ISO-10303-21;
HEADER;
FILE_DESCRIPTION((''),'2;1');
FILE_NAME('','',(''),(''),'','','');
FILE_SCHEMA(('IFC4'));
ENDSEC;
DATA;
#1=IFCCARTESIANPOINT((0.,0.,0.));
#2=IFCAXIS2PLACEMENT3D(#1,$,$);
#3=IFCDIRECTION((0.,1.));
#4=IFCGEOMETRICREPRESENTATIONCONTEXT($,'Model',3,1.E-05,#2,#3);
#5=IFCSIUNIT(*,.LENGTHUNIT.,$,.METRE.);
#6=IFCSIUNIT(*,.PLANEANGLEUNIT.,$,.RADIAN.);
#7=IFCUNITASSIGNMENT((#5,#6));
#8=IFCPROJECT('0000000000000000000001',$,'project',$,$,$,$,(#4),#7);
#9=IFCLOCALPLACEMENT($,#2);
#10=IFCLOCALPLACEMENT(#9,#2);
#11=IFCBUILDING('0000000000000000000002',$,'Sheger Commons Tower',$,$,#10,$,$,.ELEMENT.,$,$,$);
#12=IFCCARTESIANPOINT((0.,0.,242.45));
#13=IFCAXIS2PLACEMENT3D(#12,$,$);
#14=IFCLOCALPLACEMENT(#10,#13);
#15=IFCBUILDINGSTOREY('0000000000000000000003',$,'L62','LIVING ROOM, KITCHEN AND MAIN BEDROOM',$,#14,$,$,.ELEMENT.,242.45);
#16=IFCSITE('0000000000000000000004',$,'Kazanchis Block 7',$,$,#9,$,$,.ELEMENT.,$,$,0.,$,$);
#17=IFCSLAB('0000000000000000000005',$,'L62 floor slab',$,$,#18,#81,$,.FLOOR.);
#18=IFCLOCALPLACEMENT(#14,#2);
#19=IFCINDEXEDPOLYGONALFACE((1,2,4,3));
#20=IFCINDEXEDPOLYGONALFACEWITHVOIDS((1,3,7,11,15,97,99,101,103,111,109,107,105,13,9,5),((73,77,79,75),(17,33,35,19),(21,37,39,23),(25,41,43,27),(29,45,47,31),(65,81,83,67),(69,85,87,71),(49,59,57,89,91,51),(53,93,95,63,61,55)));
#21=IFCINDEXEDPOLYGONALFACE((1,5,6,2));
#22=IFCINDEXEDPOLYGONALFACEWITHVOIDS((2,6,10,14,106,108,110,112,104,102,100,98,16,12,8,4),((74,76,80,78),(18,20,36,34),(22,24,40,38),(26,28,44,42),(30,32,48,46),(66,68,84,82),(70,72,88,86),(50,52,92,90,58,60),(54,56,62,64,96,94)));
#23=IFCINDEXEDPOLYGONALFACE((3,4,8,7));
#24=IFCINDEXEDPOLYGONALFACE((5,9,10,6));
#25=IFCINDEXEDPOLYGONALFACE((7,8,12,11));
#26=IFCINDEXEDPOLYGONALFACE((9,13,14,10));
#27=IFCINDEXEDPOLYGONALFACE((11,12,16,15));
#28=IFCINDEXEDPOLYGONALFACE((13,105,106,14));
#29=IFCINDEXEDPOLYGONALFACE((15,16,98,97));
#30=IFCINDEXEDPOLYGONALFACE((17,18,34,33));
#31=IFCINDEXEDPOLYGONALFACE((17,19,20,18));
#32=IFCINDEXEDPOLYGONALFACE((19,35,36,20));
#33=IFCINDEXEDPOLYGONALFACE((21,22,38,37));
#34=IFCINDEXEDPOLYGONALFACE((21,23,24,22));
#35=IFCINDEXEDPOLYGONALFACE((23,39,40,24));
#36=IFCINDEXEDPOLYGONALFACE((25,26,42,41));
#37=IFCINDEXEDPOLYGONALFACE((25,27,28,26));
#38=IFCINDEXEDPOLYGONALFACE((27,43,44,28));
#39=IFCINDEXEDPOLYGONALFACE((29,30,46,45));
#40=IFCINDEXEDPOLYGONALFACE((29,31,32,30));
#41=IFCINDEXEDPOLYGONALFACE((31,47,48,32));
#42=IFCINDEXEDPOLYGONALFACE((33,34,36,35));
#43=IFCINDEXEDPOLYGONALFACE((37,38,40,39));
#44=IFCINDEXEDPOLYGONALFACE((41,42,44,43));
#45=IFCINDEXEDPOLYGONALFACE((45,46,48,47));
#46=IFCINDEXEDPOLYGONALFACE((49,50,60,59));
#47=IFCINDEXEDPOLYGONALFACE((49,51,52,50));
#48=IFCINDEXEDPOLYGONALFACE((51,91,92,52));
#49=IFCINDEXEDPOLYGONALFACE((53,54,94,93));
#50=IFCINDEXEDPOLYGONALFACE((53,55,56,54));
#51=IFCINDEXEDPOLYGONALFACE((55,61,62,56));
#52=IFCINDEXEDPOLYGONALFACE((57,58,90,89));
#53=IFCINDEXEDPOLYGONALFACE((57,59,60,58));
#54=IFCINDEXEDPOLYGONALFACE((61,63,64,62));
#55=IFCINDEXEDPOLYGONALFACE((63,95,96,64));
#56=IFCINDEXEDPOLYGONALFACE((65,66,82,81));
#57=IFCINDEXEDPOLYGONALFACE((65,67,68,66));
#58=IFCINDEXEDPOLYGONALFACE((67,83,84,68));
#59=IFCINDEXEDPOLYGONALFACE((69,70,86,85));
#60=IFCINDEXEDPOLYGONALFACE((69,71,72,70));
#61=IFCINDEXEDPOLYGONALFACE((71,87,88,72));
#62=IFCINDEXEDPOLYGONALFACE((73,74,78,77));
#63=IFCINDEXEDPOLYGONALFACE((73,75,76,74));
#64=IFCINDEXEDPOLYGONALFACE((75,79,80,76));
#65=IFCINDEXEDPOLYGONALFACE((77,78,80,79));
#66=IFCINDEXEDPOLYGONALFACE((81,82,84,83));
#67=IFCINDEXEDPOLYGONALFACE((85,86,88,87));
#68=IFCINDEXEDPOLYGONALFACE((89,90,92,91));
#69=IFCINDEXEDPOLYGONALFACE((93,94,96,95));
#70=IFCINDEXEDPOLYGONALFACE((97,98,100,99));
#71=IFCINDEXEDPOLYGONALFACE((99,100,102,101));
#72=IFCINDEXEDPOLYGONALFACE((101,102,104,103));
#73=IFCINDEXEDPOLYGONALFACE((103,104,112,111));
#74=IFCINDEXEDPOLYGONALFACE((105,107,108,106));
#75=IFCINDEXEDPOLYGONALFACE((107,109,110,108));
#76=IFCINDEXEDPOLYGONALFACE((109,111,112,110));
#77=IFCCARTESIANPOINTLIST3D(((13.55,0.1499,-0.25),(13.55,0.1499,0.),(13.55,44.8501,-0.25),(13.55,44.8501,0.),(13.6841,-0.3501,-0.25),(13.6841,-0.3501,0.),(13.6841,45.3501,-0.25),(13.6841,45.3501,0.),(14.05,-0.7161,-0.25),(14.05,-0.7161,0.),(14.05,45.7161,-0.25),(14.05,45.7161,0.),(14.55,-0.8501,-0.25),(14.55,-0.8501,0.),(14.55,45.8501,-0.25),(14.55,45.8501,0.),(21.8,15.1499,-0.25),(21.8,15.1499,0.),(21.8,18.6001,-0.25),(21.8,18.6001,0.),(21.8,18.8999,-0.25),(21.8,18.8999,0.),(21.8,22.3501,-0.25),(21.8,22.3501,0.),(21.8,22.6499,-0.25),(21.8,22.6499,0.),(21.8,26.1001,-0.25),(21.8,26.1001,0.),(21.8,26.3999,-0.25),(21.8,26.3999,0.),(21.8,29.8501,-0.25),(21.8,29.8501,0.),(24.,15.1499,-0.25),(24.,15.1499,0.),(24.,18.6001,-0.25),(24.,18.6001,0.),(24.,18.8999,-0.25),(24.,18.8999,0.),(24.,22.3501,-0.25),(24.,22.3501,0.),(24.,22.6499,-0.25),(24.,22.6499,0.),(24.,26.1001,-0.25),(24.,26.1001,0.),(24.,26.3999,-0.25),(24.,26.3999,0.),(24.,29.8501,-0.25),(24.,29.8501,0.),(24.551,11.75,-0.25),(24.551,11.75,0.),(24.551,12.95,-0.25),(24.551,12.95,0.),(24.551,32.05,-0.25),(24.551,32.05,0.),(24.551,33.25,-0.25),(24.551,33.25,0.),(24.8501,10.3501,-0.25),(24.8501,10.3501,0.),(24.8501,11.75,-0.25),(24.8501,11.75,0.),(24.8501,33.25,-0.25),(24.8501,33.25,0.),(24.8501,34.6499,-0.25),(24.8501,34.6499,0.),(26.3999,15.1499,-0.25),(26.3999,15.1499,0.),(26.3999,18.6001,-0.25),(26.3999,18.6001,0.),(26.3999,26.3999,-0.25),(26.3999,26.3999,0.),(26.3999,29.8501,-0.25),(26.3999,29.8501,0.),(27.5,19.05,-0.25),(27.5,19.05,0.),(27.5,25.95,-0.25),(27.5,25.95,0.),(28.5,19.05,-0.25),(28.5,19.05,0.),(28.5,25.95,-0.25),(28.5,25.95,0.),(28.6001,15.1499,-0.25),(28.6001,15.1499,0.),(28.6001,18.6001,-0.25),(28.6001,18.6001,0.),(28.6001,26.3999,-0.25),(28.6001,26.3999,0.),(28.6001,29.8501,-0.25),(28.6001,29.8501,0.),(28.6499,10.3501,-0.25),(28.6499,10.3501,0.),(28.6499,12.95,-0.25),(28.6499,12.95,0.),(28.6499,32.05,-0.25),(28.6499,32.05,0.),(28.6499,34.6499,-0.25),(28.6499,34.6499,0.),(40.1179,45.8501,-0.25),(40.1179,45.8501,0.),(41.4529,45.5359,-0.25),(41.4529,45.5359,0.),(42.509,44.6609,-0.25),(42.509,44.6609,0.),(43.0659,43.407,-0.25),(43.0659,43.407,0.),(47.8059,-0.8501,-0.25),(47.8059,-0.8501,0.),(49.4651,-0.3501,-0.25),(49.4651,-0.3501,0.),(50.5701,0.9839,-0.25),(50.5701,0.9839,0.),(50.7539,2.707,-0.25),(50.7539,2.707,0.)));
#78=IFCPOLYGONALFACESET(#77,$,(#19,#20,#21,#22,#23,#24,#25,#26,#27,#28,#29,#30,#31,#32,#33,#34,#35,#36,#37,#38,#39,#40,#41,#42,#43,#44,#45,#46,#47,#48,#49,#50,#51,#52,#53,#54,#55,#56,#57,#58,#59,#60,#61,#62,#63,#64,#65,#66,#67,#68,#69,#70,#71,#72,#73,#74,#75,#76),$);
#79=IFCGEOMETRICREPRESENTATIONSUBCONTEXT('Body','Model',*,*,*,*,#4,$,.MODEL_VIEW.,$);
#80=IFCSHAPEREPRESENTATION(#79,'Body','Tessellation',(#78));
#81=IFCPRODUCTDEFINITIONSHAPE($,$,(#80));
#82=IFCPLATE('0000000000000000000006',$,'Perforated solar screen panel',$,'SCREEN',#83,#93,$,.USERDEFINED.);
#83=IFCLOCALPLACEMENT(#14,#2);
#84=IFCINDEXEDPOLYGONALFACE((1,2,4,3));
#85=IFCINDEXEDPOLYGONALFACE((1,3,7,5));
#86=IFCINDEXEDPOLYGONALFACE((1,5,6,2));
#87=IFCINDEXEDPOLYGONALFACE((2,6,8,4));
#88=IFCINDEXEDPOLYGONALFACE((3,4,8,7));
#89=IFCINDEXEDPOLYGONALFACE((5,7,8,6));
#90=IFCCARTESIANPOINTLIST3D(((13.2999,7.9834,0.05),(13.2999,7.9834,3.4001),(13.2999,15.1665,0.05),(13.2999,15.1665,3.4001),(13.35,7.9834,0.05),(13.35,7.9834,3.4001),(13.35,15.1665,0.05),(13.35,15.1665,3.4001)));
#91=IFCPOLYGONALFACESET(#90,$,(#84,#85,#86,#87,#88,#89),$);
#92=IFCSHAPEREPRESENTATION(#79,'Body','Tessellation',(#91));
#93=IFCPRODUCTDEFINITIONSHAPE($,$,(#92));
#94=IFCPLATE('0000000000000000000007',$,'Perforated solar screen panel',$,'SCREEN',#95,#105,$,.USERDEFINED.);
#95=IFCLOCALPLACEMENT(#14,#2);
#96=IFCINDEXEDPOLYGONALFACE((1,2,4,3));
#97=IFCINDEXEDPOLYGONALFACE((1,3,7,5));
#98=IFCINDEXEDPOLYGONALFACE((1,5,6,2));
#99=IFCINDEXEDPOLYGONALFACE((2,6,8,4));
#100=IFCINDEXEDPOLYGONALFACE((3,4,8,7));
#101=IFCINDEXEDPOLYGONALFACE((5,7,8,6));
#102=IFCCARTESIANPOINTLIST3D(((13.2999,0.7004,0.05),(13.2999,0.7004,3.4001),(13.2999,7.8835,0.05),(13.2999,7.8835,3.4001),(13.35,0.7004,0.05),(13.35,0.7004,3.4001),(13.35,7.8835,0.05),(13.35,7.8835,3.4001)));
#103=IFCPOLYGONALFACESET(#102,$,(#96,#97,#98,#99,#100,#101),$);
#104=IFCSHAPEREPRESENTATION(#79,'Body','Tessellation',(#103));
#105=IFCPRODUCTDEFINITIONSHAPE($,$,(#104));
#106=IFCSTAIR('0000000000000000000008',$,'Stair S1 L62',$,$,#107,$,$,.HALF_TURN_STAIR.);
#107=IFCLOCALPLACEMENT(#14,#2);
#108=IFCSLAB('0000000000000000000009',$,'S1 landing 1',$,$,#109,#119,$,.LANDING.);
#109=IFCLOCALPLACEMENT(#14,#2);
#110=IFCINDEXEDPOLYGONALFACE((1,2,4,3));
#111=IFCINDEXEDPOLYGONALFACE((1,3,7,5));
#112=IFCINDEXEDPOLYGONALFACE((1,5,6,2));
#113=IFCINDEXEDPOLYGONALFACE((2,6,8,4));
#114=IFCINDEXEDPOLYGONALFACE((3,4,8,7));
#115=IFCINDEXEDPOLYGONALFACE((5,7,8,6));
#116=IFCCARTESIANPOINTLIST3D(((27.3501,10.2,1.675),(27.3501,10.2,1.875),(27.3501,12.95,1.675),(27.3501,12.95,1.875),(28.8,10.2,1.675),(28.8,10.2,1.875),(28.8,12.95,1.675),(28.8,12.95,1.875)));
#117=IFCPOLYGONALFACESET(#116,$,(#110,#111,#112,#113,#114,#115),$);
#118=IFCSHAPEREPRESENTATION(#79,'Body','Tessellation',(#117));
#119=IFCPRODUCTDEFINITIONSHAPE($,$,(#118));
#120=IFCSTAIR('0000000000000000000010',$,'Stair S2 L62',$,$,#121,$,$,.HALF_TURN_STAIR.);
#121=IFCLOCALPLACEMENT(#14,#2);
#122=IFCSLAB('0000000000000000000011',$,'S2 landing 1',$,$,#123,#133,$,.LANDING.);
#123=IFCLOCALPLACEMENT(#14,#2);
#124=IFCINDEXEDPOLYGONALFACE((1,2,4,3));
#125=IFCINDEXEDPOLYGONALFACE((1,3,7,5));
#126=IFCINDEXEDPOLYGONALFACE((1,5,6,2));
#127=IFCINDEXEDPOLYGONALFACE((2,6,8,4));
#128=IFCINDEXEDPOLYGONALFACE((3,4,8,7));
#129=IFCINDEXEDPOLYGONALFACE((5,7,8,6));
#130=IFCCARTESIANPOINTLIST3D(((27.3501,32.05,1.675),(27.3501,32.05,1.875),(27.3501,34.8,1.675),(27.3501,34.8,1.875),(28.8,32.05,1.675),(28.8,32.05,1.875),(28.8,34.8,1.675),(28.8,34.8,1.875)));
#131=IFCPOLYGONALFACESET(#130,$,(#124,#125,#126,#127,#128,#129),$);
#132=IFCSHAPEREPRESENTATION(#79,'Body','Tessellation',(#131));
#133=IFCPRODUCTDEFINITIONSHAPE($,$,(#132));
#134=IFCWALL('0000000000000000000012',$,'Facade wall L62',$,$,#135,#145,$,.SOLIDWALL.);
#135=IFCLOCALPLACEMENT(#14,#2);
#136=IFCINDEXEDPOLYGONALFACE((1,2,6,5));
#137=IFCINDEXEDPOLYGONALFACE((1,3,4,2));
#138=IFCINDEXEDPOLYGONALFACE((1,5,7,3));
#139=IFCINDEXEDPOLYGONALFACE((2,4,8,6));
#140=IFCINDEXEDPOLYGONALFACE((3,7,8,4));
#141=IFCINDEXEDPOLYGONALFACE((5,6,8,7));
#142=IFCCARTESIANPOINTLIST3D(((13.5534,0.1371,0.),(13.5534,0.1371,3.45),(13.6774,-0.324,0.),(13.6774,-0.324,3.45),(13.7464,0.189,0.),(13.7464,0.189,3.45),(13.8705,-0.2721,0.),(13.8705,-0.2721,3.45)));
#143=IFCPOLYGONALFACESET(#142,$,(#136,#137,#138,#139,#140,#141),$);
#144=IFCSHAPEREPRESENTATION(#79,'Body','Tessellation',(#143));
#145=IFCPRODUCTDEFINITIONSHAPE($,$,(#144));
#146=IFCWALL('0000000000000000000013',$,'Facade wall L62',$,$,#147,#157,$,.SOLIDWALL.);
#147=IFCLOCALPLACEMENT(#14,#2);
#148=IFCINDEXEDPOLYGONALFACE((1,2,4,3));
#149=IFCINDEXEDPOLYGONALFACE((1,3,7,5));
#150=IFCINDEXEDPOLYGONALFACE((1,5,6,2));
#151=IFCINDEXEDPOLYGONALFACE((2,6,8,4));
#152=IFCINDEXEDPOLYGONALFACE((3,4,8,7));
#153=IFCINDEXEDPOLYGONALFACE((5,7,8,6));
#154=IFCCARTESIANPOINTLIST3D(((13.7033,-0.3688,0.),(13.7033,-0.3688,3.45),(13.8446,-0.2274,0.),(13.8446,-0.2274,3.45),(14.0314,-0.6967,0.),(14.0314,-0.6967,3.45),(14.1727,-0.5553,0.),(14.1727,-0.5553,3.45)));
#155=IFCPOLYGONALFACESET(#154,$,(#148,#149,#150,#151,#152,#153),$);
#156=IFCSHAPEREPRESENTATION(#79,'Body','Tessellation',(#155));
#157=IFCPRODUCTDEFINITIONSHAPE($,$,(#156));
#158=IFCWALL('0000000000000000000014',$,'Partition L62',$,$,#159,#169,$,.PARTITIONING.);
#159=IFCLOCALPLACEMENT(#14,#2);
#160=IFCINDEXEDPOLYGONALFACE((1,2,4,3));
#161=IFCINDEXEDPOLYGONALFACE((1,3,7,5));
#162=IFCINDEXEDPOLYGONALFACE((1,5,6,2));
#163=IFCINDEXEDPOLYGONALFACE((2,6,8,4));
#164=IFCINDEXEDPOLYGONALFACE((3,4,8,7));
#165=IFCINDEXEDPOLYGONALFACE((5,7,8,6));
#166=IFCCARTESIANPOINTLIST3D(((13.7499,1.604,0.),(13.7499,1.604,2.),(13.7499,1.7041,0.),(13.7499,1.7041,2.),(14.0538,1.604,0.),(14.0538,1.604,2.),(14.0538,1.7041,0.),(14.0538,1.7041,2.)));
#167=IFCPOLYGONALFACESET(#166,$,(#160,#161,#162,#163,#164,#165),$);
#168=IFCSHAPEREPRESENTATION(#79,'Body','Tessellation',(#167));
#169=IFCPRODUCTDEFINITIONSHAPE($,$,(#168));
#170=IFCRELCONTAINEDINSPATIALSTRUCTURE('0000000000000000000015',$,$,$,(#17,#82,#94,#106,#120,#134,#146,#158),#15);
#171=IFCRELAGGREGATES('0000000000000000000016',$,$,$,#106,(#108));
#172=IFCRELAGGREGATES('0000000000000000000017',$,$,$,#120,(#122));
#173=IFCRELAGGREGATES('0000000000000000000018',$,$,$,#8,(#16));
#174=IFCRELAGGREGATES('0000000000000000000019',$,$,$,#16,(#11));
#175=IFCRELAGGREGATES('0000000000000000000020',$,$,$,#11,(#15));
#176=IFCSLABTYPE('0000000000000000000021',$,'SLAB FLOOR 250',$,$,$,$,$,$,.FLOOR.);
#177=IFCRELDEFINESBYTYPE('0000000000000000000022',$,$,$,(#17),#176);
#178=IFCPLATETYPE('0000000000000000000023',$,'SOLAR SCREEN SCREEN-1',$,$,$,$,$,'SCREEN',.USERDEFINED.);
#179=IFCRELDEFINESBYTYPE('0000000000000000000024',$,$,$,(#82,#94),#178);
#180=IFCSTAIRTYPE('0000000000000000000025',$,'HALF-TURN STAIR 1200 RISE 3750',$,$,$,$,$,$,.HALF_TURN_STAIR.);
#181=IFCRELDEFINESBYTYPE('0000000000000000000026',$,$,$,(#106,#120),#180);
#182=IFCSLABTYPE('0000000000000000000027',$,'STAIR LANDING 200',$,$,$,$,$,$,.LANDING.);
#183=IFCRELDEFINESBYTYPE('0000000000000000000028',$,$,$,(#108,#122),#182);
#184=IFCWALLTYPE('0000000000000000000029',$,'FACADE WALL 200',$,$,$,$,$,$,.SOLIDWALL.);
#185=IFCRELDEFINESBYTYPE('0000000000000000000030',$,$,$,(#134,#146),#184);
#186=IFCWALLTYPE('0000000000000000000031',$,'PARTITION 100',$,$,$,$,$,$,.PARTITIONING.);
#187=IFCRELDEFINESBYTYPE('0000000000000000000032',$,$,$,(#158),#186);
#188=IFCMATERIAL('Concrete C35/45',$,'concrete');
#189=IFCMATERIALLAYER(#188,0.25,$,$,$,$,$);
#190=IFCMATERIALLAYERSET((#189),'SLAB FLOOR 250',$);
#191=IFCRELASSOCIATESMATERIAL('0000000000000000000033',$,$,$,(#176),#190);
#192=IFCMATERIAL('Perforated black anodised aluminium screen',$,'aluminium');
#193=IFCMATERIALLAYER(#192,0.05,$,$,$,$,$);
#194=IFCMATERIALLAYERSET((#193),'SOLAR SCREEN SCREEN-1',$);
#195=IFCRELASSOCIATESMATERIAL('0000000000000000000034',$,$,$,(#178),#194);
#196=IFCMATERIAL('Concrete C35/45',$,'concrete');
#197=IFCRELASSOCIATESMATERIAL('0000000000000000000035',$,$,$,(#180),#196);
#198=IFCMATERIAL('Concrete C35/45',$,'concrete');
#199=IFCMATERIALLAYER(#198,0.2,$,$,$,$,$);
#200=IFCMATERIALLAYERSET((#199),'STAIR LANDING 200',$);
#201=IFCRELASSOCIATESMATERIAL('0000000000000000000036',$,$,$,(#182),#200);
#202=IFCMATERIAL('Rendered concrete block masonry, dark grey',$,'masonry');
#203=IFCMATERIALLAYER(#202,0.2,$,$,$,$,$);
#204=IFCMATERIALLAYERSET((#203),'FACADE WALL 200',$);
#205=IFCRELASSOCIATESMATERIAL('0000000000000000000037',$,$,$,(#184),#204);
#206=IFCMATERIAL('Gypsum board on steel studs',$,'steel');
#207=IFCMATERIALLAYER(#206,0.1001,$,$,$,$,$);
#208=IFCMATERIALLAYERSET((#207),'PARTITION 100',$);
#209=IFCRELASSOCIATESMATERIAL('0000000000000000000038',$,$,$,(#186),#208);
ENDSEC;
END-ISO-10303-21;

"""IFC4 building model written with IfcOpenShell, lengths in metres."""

from ifc_helpers import new_model, si_unit, direction, frame, frame_2d, origin, origin_2d, place, context, subcontext, project, spatial, polyline, rectangle, outline, extrude, material, layer, layer_set, type_object, element, aggregate, save


model = new_model("IFC4")

# Units and contexts
model_context = context("Model", 3, precision=1e-05, world=origin(), true_north=direction((0.0, 1.0)))
body_context = subcontext(model_context, "Body", "Model", "MODEL_VIEW")
ifc_project = project(units=[si_unit("LENGTHUNIT", "METRE"), si_unit("PLANEANGLEUNIT", "RADIAN")], contexts=[model_context])

# Site, building, storey
site_placement = place(None, origin())
site = spatial("IfcSite", under=ifc_project, at=site_placement, Name="Kazanchis Block 7", CompositionType="ELEMENT", RefElevation=0.0)
building_placement = place(site_placement, origin())
building = spatial("IfcBuilding", under=site, at=building_placement, Name="Sheger Commons Tower", CompositionType="ELEMENT")
storey_placement = place(building_placement, frame((0.0, 0.0, 242.45)))
storey = spatial("IfcBuildingStorey", under=building, at=storey_placement, Name="L62", Description="LIVING ROOM, KITCHEN AND MAIN BEDROOM", CompositionType="ELEMENT", Elevation=242.45)

# Slab
ifc_material_1 = material(Name="Concrete C35/45", Category="concrete")
ifc_layer_1 = layer(ifc_material_1, 0.25)
ifc_layer_set_1 = layer_set([ifc_layer_1], Name="SLAB FLOOR 250")
slab_type_1 = type_object("IfcSlabType", Name="SLAB FLOOR 250", PredefinedType="FLOOR", material=ifc_layer_set_1)
slab_1_placement = place(storey_placement, frame((0.0, 0.0, -0.25)))
element("IfcSlab", 1, at=slab_1_placement, inside=storey, type_object=slab_type_1, Name="L62 floor slab", PredefinedType="FLOOR", context=body_context, shape_type="SweptSolid", body=[
    extrude(outline(polyline([(13.55, 0.1499), (13.6841, -0.3501), (14.05, -0.7161), (14.55, -0.8501), (47.8059, -0.8501), (49.4651, -0.3501), (50.5701, 0.9839), (50.7539, 2.707), (43.0659, 43.407), (42.509, 44.6609), (41.4529, 45.5359), (40.1179, 45.8501), (14.55, 45.8501), (14.05, 45.7161), (13.6841, 45.3501), (13.55, 44.8501), (13.55, 0.1499)]), holes=[polyline([(24.8501, 10.3501), (28.6499, 10.3501), (28.6499, 12.95), (24.551, 12.95), (24.551, 11.75), (24.8501, 11.75), (24.8501, 10.3501)]), polyline([(24.551, 32.05), (28.6499, 32.05), (28.6499, 34.6499), (24.8501, 34.6499), (24.8501, 33.25), (24.551, 33.25), (24.551, 32.05)]), polyline([(26.3999, 15.1499), (28.6001, 15.1499), (28.6001, 18.6001), (26.3999, 18.6001), (26.3999, 15.1499)]), polyline([(26.3999, 26.3999), (28.6001, 26.3999), (28.6001, 29.8501), (26.3999, 29.8501), (26.3999, 26.3999)]), polyline([(21.8, 15.1499), (24.0, 15.1499), (24.0, 18.6001), (21.8, 18.6001), (21.8, 15.1499)]), polyline([(21.8, 18.8999), (24.0, 18.8999), (24.0, 22.3501), (21.8, 22.3501), (21.8, 18.8999)]), polyline([(21.8, 22.6499), (24.0, 22.6499), (24.0, 26.1001), (21.8, 26.1001), (21.8, 22.6499)]), polyline([(21.8, 26.3999), (24.0, 26.3999), (24.0, 29.8501), (21.8, 29.8501), (21.8, 26.3999)]), polyline([(27.5, 19.05), (28.5, 19.05), (28.5, 25.95), (27.5, 25.95), (27.5, 19.05)])]), origin(), (0.0, 0.0, 1.0), 0.25),
])

# Plates
ifc_material_2 = material(Name="Perforated black anodised aluminium screen", Category="aluminium")
ifc_layer_2 = layer(ifc_material_2, 0.05)
ifc_layer_set_2 = layer_set([ifc_layer_2], Name="SOLAR SCREEN SCREEN-1")
plate_type = type_object("IfcPlateType", Name="SOLAR SCREEN SCREEN-1", ElementType="SCREEN", PredefinedType="USERDEFINED", material=ifc_layer_set_2)
for number, where, z_axis, x_axis, name in (
    (2, (13.325, 11.575, 0.05), (0.0, 0.0, 1.0), (0.0, -1.0, 0.0), "Perforated solar screen panel"),
    (3, (13.325, 4.292, 0.05), (0.0, 0.0, 1.0), (0.0, -1.0, 0.0), "Perforated solar screen panel"),
):
    element("IfcPlate", number, at=place(storey_placement, frame(where, z_axis=z_axis, x_axis=x_axis)), inside=storey, type_object=plate_type, Name=name, ObjectType="SCREEN", PredefinedType="USERDEFINED", context=body_context, shape_type="SweptSolid", body=[
        extrude(rectangle(XDim=7.1831, YDim=0.05, at=origin_2d()), origin(), (0.0, 0.0, 1.0), 3.3501),
    ])

# Stairs, slabs
ifc_material_3 = material(Name="Concrete C35/45", Category="concrete")
stair_type = type_object("IfcStairType", Name="HALF-TURN STAIR 1200 RISE 3750", PredefinedType="HALF_TURN_STAIR", material=ifc_material_3)
stair_1_placement = place(storey_placement, origin())
stair_1 = element("IfcStair", 4, at=stair_1_placement, inside=storey, type_object=stair_type, Name="Stair S1 L62", PredefinedType="HALF_TURN_STAIR")
ifc_material_4 = material(Name="Concrete C35/45", Category="concrete")
ifc_layer_3 = layer(ifc_material_4, 0.2)
ifc_layer_set_3 = layer_set([ifc_layer_3], Name="STAIR LANDING 200")
slab_type_2 = type_object("IfcSlabType", Name="STAIR LANDING 200", PredefinedType="LANDING", material=ifc_layer_set_3)
slab_2_placement = place(storey_placement, frame((0.0, 0.0, 1.675)))
slab_2 = element("IfcSlab", 5, at=slab_2_placement, type_object=slab_type_2, Name="S1 landing 1", PredefinedType="LANDING", context=body_context, shape_type="SweptSolid", body=[
    extrude(outline(polyline([(27.3501, 10.2), (28.8, 10.2), (28.8, 12.95), (27.3501, 12.95), (27.3501, 10.2)])), origin(), (0.0, 0.0, 1.0), 0.2),
])
aggregate(stair_1, [slab_2])
stair_2_placement = place(storey_placement, origin())
stair_2 = element("IfcStair", 6, at=stair_2_placement, inside=storey, type_object=stair_type, Name="Stair S2 L62", PredefinedType="HALF_TURN_STAIR")
slab_3_placement = place(storey_placement, frame((0.0, 0.0, 1.675)))
slab_3 = element("IfcSlab", 7, at=slab_3_placement, type_object=slab_type_2, Name="S2 landing 1", PredefinedType="LANDING", context=body_context, shape_type="SweptSolid", body=[
    extrude(outline(polyline([(27.3501, 32.05), (28.8, 32.05), (28.8, 34.8), (27.3501, 34.8), (27.3501, 32.05)])), origin(), (0.0, 0.0, 1.0), 0.2),
])
aggregate(stair_2, [slab_3])

# Walls
ifc_material_5 = material(Name="Rendered concrete block masonry, dark grey", Category="masonry")
ifc_layer_4 = layer(ifc_material_5, 0.2)
ifc_layer_set_4 = layer_set([ifc_layer_4], Name="FACADE WALL 200")
wall_type_1 = type_object("IfcWallType", Name="FACADE WALL 200", PredefinedType="SOLIDWALL", material=ifc_layer_set_4)
wall_1_placement = place(storey_placement, frame((13.6499, 0.1631, 0.0), z_axis=(0.0, 0.0, 1.0), x_axis=(0.259698, -0.96569, 0.0)))
element("IfcWall", 8, at=wall_1_placement, inside=storey, type_object=wall_type_1, Name="Facade wall L62", PredefinedType="SOLIDWALL", context=body_context, shape_type="SweptSolid", body=[
    extrude(rectangle(XDim=0.4775, YDim=0.2, at=frame_2d((0.2388, 0.0))), origin(), (0.0, 0.0, 1.0), 3.45),
])
wall_2_placement = place(storey_placement, frame((13.7739, -0.2981, 0.0), z_axis=(0.0, 0.0, 1.0), x_axis=(0.70737, -0.706844, 0.0)))
element("IfcWall", 9, at=wall_2_placement, inside=storey, type_object=wall_type_1, Name="Facade wall L62", PredefinedType="SOLIDWALL", context=body_context, shape_type="SweptSolid", body=[
    extrude(rectangle(XDim=0.4639, YDim=0.2, at=frame_2d((0.2319, 0.0))), origin(), (0.0, 0.0, 1.0), 3.45),
])
ifc_material_6 = material(Name="Gypsum board on steel studs", Category="steel")
ifc_layer_5 = layer(ifc_material_6, 0.1001)
ifc_layer_set_5 = layer_set([ifc_layer_5], Name="PARTITION 100")
wall_type_2 = type_object("IfcWallType", Name="PARTITION 100", PredefinedType="PARTITIONING", material=ifc_layer_set_5)
wall_3_placement = place(storey_placement, frame((13.75, 1.6541, 0.0), z_axis=(0.0, 0.0, 1.0), x_axis=(1.0, 0.0, 0.0)))
element("IfcWall", 10, at=wall_3_placement, inside=storey, type_object=wall_type_2, Name="Partition L62", PredefinedType="PARTITIONING", context=body_context, shape_type="SweptSolid", body=[
    extrude(rectangle(XDim=0.304, YDim=0.1001, at=frame_2d((0.1519, 0.0))), origin(), (0.0, 0.0, 1.0), 2.0),
])

save(model, "model.ifc")
